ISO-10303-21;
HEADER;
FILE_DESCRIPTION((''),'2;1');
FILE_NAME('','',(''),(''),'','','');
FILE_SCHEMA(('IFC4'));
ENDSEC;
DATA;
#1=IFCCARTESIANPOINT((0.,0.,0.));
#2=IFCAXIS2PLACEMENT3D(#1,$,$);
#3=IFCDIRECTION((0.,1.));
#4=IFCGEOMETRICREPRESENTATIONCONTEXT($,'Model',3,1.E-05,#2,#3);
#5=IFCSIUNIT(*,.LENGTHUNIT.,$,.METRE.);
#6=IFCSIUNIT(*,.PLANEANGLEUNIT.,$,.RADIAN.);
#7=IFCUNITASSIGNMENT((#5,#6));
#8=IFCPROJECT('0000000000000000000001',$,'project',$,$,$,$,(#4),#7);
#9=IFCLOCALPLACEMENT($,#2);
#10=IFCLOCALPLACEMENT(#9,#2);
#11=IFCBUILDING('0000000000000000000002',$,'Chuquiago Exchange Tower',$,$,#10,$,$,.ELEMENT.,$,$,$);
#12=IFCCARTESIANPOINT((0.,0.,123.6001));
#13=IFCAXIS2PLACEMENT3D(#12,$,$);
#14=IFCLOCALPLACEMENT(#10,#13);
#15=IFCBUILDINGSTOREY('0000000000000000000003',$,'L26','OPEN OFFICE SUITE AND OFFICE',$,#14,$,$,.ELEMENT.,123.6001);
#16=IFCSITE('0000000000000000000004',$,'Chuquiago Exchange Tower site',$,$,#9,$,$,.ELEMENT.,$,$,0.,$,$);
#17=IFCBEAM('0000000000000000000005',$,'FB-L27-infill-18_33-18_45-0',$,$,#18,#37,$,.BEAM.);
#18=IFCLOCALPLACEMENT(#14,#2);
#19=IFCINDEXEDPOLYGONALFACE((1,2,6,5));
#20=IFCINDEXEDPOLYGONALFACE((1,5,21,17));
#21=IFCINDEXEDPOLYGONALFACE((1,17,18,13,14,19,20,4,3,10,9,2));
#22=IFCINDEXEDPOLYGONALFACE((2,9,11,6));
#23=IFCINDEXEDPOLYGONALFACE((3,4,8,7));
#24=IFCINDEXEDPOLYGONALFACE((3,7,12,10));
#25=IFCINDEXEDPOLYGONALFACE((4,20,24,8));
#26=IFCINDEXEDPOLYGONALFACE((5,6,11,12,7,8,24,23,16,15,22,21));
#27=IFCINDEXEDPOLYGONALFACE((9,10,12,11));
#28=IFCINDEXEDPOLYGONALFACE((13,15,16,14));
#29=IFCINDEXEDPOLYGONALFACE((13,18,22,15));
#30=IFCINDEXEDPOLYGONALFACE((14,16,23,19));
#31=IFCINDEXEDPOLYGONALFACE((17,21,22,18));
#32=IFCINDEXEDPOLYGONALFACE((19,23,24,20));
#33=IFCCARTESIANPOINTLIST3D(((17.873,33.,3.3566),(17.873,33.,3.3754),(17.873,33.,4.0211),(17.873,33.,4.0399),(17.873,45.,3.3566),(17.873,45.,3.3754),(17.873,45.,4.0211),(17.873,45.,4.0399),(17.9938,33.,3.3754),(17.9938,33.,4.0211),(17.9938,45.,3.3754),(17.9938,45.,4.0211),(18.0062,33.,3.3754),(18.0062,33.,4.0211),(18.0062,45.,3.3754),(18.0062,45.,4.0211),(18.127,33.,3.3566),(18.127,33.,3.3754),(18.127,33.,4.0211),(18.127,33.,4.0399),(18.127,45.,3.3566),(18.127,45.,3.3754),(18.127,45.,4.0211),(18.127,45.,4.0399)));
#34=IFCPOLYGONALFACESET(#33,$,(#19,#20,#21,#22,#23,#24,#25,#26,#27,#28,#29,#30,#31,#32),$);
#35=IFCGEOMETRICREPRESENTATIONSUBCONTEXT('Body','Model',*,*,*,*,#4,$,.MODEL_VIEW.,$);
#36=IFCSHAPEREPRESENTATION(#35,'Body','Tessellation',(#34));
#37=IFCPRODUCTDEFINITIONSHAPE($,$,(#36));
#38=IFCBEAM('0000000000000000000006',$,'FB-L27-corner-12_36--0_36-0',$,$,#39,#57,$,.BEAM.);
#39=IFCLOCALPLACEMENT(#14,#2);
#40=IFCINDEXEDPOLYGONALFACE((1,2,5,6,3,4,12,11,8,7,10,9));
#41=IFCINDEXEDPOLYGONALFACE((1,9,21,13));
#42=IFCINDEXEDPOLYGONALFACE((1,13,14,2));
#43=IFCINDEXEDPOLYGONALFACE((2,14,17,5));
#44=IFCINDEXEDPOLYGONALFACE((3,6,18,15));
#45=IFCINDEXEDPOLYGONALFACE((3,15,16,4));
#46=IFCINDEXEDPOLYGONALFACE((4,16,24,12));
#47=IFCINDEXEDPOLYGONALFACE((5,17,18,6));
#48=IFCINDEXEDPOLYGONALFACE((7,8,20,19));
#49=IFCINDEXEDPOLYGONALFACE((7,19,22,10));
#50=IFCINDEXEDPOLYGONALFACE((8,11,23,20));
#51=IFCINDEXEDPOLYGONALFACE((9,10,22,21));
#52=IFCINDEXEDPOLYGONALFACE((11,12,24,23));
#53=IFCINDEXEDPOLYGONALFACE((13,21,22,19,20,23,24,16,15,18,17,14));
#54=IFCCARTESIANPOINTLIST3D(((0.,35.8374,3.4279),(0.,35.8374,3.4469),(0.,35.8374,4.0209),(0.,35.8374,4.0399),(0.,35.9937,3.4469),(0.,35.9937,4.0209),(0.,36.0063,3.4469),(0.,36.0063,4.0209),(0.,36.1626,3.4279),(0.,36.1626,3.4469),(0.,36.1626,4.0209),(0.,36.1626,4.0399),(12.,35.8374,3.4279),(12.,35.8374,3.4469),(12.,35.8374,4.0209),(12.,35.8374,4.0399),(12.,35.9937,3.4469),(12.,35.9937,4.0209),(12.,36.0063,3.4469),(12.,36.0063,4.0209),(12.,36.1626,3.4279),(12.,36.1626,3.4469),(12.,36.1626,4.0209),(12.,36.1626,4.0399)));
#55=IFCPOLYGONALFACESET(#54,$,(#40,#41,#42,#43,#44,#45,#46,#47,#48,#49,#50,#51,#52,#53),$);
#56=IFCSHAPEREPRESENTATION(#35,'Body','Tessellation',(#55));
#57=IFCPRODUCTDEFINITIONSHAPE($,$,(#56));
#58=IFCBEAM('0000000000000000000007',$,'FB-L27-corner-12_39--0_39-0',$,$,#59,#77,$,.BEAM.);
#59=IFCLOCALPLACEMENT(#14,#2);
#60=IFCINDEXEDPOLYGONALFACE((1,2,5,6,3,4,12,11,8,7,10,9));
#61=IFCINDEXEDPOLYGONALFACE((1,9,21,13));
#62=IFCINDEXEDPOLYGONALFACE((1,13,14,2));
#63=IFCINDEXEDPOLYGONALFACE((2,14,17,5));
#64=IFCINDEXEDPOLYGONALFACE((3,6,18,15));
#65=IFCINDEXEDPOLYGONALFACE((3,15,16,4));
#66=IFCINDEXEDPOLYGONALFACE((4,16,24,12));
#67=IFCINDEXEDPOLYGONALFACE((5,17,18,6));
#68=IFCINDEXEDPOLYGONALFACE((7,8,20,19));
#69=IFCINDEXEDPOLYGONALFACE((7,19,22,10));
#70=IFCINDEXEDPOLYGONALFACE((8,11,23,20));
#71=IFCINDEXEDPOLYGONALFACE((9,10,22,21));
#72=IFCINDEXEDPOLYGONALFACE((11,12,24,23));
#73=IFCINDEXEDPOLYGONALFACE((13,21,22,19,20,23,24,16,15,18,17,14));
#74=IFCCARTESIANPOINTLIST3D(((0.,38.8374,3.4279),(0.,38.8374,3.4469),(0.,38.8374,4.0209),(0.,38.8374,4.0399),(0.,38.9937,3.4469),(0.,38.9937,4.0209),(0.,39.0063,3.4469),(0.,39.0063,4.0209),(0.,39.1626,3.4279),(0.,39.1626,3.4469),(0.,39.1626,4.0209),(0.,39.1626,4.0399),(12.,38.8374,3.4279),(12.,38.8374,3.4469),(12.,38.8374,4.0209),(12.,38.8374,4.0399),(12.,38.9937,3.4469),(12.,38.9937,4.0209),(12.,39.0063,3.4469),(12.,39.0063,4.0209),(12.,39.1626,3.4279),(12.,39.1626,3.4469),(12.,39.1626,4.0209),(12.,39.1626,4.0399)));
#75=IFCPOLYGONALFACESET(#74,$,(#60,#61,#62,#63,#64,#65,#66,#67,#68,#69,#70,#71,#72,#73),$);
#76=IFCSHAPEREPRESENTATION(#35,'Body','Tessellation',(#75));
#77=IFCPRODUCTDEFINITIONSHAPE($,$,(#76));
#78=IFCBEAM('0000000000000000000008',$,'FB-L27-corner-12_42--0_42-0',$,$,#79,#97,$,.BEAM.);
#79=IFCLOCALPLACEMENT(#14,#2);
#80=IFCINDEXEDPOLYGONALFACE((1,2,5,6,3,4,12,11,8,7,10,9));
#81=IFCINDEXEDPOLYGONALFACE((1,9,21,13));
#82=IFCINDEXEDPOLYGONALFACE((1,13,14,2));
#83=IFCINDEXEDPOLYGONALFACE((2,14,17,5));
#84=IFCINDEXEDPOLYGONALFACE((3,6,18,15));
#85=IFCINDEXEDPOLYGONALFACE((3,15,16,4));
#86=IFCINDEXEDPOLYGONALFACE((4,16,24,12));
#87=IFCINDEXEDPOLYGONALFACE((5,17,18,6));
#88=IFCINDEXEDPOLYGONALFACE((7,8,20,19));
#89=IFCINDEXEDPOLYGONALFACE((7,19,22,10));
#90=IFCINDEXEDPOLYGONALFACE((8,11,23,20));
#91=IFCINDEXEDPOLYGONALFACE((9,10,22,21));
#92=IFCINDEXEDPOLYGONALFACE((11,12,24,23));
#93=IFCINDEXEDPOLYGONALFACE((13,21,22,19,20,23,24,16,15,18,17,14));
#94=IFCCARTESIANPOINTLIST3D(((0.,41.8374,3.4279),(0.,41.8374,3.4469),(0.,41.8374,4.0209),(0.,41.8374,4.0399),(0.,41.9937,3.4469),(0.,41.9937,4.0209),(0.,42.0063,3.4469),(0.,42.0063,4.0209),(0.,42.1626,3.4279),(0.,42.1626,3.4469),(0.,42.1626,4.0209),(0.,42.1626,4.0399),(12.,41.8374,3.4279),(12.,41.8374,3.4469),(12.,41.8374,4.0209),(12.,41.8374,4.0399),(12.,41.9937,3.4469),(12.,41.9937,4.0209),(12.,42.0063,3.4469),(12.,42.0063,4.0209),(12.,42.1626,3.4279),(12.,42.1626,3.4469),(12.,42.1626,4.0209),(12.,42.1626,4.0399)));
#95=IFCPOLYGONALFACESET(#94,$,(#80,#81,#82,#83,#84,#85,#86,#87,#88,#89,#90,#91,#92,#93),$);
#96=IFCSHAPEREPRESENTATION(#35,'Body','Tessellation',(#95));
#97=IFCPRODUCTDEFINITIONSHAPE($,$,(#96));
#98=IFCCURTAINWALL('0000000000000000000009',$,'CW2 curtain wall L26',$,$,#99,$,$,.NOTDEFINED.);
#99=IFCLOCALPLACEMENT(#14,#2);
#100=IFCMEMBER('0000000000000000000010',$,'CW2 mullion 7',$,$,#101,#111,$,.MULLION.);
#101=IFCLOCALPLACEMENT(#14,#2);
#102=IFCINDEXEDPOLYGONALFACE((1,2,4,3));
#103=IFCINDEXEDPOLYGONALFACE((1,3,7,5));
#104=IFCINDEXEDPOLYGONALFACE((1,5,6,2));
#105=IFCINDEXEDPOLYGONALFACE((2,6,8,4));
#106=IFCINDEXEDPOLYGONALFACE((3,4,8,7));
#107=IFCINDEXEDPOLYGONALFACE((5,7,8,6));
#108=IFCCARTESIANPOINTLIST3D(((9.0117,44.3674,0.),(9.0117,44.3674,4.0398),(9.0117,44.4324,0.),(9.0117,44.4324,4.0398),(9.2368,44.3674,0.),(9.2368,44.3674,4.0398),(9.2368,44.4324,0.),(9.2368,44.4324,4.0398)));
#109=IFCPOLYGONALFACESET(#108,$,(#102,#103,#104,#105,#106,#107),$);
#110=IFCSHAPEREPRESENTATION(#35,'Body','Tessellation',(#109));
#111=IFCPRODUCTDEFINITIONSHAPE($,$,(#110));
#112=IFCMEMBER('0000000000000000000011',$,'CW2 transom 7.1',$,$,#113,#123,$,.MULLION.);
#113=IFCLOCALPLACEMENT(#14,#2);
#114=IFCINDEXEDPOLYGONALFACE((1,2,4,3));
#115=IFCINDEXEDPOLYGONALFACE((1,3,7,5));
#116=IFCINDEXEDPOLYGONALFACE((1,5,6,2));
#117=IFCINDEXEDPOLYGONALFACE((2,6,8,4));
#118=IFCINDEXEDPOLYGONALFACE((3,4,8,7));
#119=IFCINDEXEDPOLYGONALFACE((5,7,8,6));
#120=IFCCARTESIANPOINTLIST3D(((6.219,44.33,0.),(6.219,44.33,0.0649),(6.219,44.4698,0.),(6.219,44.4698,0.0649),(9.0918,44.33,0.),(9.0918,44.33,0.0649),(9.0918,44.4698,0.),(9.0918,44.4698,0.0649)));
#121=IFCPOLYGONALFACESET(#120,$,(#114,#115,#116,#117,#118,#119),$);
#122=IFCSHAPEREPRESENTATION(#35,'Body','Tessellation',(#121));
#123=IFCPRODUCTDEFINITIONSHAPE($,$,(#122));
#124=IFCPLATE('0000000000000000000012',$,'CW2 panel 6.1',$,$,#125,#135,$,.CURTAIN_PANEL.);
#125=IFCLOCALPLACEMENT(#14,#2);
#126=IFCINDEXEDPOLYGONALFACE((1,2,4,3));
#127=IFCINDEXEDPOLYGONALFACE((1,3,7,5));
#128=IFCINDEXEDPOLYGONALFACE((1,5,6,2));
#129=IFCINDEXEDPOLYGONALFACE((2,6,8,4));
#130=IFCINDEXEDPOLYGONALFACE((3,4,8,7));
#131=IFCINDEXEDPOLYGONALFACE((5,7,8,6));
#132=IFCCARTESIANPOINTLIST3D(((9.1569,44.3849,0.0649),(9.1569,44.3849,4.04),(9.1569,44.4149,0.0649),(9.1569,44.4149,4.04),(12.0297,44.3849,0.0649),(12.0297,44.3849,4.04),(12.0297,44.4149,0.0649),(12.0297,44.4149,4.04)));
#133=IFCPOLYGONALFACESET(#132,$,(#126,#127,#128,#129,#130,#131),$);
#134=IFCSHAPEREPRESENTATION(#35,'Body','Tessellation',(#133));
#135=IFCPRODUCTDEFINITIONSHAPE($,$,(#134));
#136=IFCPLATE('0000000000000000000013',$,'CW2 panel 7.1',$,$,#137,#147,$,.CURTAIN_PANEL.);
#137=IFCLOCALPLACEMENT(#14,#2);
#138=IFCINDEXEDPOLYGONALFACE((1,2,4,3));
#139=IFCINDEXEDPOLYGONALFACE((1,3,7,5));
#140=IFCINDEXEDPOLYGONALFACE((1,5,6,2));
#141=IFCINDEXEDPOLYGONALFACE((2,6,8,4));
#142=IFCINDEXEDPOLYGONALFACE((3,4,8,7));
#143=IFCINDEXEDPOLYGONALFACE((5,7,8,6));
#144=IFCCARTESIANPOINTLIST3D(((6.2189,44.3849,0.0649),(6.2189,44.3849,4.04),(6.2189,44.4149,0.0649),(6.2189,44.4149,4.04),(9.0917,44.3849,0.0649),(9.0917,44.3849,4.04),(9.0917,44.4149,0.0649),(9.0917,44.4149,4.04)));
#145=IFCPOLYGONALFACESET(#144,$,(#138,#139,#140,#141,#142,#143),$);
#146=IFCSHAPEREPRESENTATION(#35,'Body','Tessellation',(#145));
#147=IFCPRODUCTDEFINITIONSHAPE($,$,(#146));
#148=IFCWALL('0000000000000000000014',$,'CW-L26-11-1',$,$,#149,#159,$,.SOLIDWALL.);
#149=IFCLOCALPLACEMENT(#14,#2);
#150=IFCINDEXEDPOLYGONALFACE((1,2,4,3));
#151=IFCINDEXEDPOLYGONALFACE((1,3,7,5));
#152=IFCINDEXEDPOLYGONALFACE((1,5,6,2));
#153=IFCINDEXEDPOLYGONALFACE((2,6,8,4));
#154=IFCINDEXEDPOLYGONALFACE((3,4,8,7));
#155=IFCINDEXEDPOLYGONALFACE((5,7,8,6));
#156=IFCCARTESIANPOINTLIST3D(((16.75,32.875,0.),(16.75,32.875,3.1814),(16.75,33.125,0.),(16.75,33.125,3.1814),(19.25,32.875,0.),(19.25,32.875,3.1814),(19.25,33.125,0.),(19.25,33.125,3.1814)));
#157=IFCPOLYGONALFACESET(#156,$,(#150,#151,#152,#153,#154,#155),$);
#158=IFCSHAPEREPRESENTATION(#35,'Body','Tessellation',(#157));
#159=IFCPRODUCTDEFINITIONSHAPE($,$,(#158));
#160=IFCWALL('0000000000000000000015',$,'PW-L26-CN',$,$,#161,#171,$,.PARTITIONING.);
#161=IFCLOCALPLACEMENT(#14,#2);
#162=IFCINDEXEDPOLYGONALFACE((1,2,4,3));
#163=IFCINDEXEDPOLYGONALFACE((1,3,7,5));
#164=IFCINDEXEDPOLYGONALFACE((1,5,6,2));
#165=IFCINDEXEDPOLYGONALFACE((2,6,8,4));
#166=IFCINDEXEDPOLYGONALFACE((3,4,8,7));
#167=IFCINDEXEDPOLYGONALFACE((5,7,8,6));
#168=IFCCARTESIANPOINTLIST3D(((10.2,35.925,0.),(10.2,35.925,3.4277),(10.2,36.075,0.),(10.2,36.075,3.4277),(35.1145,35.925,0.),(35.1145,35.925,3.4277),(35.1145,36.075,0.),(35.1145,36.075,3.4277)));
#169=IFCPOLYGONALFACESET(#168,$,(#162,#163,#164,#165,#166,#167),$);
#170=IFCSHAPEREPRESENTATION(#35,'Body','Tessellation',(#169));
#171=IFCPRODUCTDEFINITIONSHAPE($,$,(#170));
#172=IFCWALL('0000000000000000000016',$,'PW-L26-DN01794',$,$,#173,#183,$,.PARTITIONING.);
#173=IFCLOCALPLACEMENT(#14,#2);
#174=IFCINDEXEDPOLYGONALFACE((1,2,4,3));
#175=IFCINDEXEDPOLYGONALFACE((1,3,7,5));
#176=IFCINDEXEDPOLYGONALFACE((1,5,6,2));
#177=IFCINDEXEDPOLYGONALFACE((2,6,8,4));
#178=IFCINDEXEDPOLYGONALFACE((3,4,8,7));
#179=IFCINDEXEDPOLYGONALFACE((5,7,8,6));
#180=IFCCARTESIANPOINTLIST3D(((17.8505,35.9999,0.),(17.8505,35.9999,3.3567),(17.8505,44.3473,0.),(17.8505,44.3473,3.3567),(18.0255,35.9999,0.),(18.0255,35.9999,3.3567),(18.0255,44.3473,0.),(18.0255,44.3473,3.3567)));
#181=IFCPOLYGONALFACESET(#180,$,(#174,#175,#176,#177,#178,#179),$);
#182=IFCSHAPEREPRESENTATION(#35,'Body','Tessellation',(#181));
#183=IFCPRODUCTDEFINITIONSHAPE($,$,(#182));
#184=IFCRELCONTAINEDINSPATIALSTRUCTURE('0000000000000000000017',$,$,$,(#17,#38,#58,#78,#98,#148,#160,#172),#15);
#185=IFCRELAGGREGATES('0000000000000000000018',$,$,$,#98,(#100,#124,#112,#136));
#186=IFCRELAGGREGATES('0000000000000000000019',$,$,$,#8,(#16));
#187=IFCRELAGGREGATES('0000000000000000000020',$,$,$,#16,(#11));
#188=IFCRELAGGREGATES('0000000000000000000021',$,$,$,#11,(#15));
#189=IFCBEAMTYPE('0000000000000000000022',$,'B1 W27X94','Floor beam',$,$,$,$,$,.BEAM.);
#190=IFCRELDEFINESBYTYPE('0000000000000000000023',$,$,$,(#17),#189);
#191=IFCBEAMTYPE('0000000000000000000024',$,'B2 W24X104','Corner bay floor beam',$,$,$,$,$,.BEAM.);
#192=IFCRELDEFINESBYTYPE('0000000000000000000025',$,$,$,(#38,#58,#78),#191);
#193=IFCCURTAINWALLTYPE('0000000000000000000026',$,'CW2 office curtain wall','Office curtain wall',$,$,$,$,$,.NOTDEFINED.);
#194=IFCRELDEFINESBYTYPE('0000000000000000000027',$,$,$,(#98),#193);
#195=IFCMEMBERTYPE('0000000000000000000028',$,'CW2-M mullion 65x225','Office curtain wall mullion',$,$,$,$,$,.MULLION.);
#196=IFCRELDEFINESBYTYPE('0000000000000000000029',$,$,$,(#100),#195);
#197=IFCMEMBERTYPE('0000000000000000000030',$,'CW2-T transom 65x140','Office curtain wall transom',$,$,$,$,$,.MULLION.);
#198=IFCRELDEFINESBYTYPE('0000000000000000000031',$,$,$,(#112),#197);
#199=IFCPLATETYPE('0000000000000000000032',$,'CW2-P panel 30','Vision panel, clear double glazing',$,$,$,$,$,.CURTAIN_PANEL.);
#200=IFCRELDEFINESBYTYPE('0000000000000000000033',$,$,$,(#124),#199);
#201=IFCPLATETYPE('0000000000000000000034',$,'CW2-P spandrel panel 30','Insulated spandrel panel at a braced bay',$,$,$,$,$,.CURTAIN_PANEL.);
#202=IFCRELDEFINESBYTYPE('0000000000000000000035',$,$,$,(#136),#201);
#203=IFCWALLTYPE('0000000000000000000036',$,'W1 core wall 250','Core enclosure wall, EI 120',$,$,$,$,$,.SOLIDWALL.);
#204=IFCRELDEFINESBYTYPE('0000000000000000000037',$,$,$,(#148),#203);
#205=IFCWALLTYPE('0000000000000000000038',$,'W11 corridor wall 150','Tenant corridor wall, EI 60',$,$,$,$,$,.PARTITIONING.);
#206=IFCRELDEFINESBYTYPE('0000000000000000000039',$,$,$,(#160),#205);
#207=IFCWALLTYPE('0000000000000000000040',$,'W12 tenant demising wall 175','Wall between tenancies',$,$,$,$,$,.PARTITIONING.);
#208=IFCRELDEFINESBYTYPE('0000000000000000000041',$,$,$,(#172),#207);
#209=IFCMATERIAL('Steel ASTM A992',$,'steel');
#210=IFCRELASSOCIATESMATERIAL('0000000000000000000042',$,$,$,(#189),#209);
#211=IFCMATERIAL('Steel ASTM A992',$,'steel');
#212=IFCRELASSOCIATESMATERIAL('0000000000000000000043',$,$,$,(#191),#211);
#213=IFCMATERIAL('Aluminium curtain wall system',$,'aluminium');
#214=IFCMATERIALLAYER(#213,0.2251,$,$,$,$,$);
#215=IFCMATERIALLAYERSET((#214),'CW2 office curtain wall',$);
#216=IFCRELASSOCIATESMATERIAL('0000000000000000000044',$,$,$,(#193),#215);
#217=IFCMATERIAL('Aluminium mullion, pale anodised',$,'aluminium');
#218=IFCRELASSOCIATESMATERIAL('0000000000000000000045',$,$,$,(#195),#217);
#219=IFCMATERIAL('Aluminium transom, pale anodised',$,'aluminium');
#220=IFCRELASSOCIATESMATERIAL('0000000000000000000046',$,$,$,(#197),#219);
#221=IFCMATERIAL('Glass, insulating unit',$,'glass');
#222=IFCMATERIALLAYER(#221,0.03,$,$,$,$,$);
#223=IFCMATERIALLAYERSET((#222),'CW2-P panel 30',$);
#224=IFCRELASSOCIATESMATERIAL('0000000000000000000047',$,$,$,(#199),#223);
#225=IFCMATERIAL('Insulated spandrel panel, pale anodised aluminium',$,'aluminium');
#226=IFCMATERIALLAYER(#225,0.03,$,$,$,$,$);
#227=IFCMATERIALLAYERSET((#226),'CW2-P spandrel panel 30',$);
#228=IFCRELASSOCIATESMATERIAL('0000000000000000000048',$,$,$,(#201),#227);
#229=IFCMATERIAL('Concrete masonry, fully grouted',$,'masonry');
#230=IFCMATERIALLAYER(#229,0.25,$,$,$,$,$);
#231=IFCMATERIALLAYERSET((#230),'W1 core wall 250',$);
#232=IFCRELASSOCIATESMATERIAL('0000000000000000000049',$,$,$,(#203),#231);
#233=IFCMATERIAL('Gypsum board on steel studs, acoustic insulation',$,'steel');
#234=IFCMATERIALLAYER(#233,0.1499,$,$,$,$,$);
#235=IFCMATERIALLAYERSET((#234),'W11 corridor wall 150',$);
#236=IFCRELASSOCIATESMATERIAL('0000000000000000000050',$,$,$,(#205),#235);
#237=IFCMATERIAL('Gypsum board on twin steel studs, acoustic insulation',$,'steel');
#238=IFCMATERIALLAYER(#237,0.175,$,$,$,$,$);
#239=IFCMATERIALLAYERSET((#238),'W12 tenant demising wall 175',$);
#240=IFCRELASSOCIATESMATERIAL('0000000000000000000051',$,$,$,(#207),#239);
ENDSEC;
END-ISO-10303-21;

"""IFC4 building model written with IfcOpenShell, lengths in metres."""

from ifc_helpers import new_model, si_unit, direction, frame, frame_2d, origin, origin_2d, place, context, subcontext, project, spatial, rectangle, i_section, extrude, material, layer, layer_set, material_profile, profile_set, type_object, element, aggregate, save


model = new_model("IFC4")

# Units and contexts
model_context = context("Model", 3, precision=1e-05, world=origin(), true_north=direction((0.0, 1.0)))
body_context = subcontext(model_context, "Body", "Model", "MODEL_VIEW")
ifc_project = project(units=[si_unit("LENGTHUNIT", "METRE"), si_unit("PLANEANGLEUNIT", "RADIAN")], contexts=[model_context])

# Site, building, storey
site_placement = place(None, origin())
site = spatial("IfcSite", under=ifc_project, at=site_placement, Name="Chuquiago Exchange Tower site", CompositionType="ELEMENT", RefElevation=0.0)
building_placement = place(site_placement, origin())
building = spatial("IfcBuilding", under=site, at=building_placement, Name="Chuquiago Exchange Tower", CompositionType="ELEMENT")
storey_placement = place(building_placement, frame((0.0, 0.0, 123.6001)))
storey = spatial("IfcBuildingStorey", under=building, at=storey_placement, Name="L26", Description="OPEN OFFICE SUITE AND OFFICE", CompositionType="ELEMENT", Elevation=123.6001)

# Beams
ifc_material_1 = material(Name="Steel ASTM A992", Category="steel")
ifc_material_profile_1 = material_profile(ifc_material_1, i_section(OverallWidth=0.2539, OverallDepth=0.6833, WebThickness=0.0125, FlangeThickness=0.0188, at=origin_2d()), Name="W27X94")
ifc_profile_set_1 = profile_set([ifc_material_profile_1], Name="Steel ASTM A992")
beam_type_1 = type_object("IfcBeamType", Name="B1 W27X94", Description="Floor beam", PredefinedType="BEAM", material=ifc_profile_set_1)
beam_placement = place(storey_placement, frame((18.0, 33.0, 3.6982), z_axis=(0.0, 1.0, 0.0), x_axis=(-1.0, 0.0, 0.0)))
element("IfcBeam", 1, at=beam_placement, inside=storey, type_object=beam_type_1, Name="FB-L27-infill-18_33-18_45-0", PredefinedType="BEAM", context=body_context, shape_type="SweptSolid", body=[
    extrude(i_section(OverallWidth=0.2539, OverallDepth=0.6833, WebThickness=0.0125, FlangeThickness=0.0188, at=origin_2d()), origin(), (0.0, 0.0, 1.0), 12.0),
])
ifc_material_2 = material(Name="Steel ASTM A992", Category="steel")
ifc_material_profile_2 = material_profile(ifc_material_2, i_section(OverallWidth=0.3252, OverallDepth=0.6121, WebThickness=0.0127, FlangeThickness=0.019, at=origin_2d()), Name="W24X104")
ifc_profile_set_2 = profile_set([ifc_material_profile_2], Name="Steel ASTM A992")
beam_type_2 = type_object("IfcBeamType", Name="B2 W24X104", Description="Corner bay floor beam", PredefinedType="BEAM", material=ifc_profile_set_2)
for number, where, z_axis, x_axis, name in (
    (2, (12.0, 36.0, 3.7339), (-1.0, 0.0, 0.0), (0.0, -1.0, 0.0), "FB-L27-corner-12_36--0_36-0"),
    (3, (12.0, 39.0, 3.7339), (-1.0, 0.0, 0.0), (0.0, -1.0, 0.0), "FB-L27-corner-12_39--0_39-0"),
    (4, (12.0, 42.0, 3.7339), (-1.0, 0.0, 0.0), (0.0, -1.0, 0.0), "FB-L27-corner-12_42--0_42-0"),
):
    element("IfcBeam", number, at=place(storey_placement, frame(where, z_axis=z_axis, x_axis=x_axis)), inside=storey, type_object=beam_type_2, Name=name, PredefinedType="BEAM", context=body_context, shape_type="SweptSolid", body=[
        extrude(i_section(OverallWidth=0.3252, OverallDepth=0.6121, WebThickness=0.0127, FlangeThickness=0.019, at=origin_2d()), origin(), (0.0, 0.0, 1.0), 12.0),
    ])

# Curtain wall, members, plates
ifc_material_3 = material(Name="Aluminium curtain wall system", Category="aluminium")
ifc_layer_1 = layer(ifc_material_3, 0.2251)
ifc_layer_set_1 = layer_set([ifc_layer_1], Name="CW2 office curtain wall")
curtain_wall_type = type_object("IfcCurtainWallType", Name="CW2 office curtain wall", Description="Office curtain wall", PredefinedType="NOTDEFINED", material=ifc_layer_set_1)
curtain_wall_placement = place(storey_placement, origin())
curtain_wall = element("IfcCurtainWall", 5, at=curtain_wall_placement, inside=storey, type_object=curtain_wall_type, Name="CW2 curtain wall L26", PredefinedType="NOTDEFINED")
ifc_material_4 = material(Name="Aluminium mullion, pale anodised", Category="aluminium")
ifc_material_profile_3 = material_profile(ifc_material_4, rectangle(XDim=0.0649, YDim=0.2251, at=origin_2d()), Name="AL 65x225")
ifc_profile_set_3 = profile_set([ifc_material_profile_3], Name="Aluminium mullion, pale anodised")
member_type_1 = type_object("IfcMemberType", Name="CW2-M mullion 65x225", Description="Office curtain wall mullion", PredefinedType="MULLION", material=ifc_profile_set_3)
member_1_placement = place(storey_placement, frame((9.1243, 44.3999, 0.0), z_axis=(0.0, 0.0, 1.0), x_axis=(0.0, -1.0, 0.0)))
member_1 = element("IfcMember", 6, at=member_1_placement, type_object=member_type_1, Name="CW2 mullion 7", PredefinedType="MULLION", context=body_context, shape_type="SweptSolid", body=[
    extrude(rectangle(XDim=0.0649, YDim=0.2251, at=origin_2d()), origin(), (0.0, 0.0, 1.0), 4.0398),
])
ifc_material_5 = material(Name="Aluminium transom, pale anodised", Category="aluminium")
ifc_material_profile_4 = material_profile(ifc_material_5, rectangle(XDim=0.1399, YDim=0.0649, at=origin_2d()), Name="AL 140x65")
ifc_profile_set_4 = profile_set([ifc_material_profile_4], Name="Aluminium transom, pale anodised")
member_type_2 = type_object("IfcMemberType", Name="CW2-T transom 65x140", Description="Office curtain wall transom", PredefinedType="MULLION", material=ifc_profile_set_4)
member_2_placement = place(storey_placement, frame((9.0918, 44.3999, 0.0325), z_axis=(-1.0, 0.0, 0.0), x_axis=(0.0, -1.0, 0.0)))
member_2 = element("IfcMember", 7, at=member_2_placement, type_object=member_type_2, Name="CW2 transom 7.1", PredefinedType="MULLION", context=body_context, shape_type="SweptSolid", body=[
    extrude(rectangle(XDim=0.1399, YDim=0.0649, at=origin_2d()), origin(), (0.0, 0.0, 1.0), 2.8728),
])
ifc_material_6 = material(Name="Glass, insulating unit", Category="glass")
ifc_layer_2 = layer(ifc_material_6, 0.03)
ifc_layer_set_2 = layer_set([ifc_layer_2], Name="CW2-P panel 30")
plate_type_1 = type_object("IfcPlateType", Name="CW2-P panel 30", Description="Vision panel, clear double glazing", PredefinedType="CURTAIN_PANEL", material=ifc_layer_set_2)
plate_1_placement = place(storey_placement, frame((10.5933, 44.3999, 0.0649), z_axis=(0.0, 0.0, 1.0), x_axis=(-1.0, 0.0, 0.0)))
plate_1 = element("IfcPlate", 8, at=plate_1_placement, type_object=plate_type_1, Name="CW2 panel 6.1", PredefinedType="CURTAIN_PANEL", context=body_context, shape_type="SweptSolid", body=[
    extrude(rectangle(XDim=2.8728, YDim=0.03, at=origin_2d()), origin(), (0.0, 0.0, 1.0), 3.9751),
])
ifc_material_7 = material(Name="Insulated spandrel panel, pale anodised aluminium", Category="aluminium")
ifc_layer_3 = layer(ifc_material_7, 0.03)
ifc_layer_set_3 = layer_set([ifc_layer_3], Name="CW2-P spandrel panel 30")
plate_type_2 = type_object("IfcPlateType", Name="CW2-P spandrel panel 30", Description="Insulated spandrel panel at a braced bay", PredefinedType="CURTAIN_PANEL", material=ifc_layer_set_3)
plate_2_placement = place(storey_placement, frame((7.6553, 44.3999, 0.0649), z_axis=(0.0, 0.0, 1.0), x_axis=(-1.0, 0.0, 0.0)))
plate_2 = element("IfcPlate", 9, at=plate_2_placement, type_object=plate_type_2, Name="CW2 panel 7.1", PredefinedType="CURTAIN_PANEL", context=body_context, shape_type="SweptSolid", body=[
    extrude(rectangle(XDim=2.8728, YDim=0.03, at=origin_2d()), origin(), (0.0, 0.0, 1.0), 3.9751),
])
aggregate(curtain_wall, [member_1, plate_1, member_2, plate_2])

# Walls
ifc_material_8 = material(Name="Concrete masonry, fully grouted", Category="masonry")
ifc_layer_4 = layer(ifc_material_8, 0.25)
ifc_layer_set_4 = layer_set([ifc_layer_4], Name="W1 core wall 250")
wall_type_1 = type_object("IfcWallType", Name="W1 core wall 250", Description="Core enclosure wall, EI 120", PredefinedType="SOLIDWALL", material=ifc_layer_set_4)
wall_1_placement = place(storey_placement, frame((16.75, 33.0, 0.0), z_axis=(0.0, 0.0, 1.0), x_axis=(1.0, 0.0, 0.0)))
element("IfcWall", 10, at=wall_1_placement, inside=storey, type_object=wall_type_1, Name="CW-L26-11-1", PredefinedType="SOLIDWALL", context=body_context, shape_type="SweptSolid", body=[
    extrude(rectangle(XDim=2.5, YDim=0.25, at=frame_2d((1.25, 0.0))), origin(), (0.0, 0.0, 1.0), 3.1814),
])
ifc_material_9 = material(Name="Gypsum board on steel studs, acoustic insulation", Category="steel")
ifc_layer_5 = layer(ifc_material_9, 0.1499)
ifc_layer_set_5 = layer_set([ifc_layer_5], Name="W11 corridor wall 150")
wall_type_2 = type_object("IfcWallType", Name="W11 corridor wall 150", Description="Tenant corridor wall, EI 60", PredefinedType="PARTITIONING", material=ifc_layer_set_5)
wall_2_placement = place(storey_placement, frame((10.2, 36.0, 0.0), z_axis=(0.0, 0.0, 1.0), x_axis=(1.0, 0.0, 0.0)))
element("IfcWall", 11, at=wall_2_placement, inside=storey, type_object=wall_type_2, Name="PW-L26-CN", PredefinedType="PARTITIONING", context=body_context, shape_type="SweptSolid", body=[
    extrude(rectangle(XDim=24.9146, YDim=0.1499, at=frame_2d((12.4573, 0.0))), origin(), (0.0, 0.0, 1.0), 3.4277),
])
ifc_material_10 = material(Name="Gypsum board on twin steel studs, acoustic insulation", Category="steel")
ifc_layer_6 = layer(ifc_material_10, 0.175)
ifc_layer_set_6 = layer_set([ifc_layer_6], Name="W12 tenant demising wall 175")
wall_type_3 = type_object("IfcWallType", Name="W12 tenant demising wall 175", Description="Wall between tenancies", PredefinedType="PARTITIONING", material=ifc_layer_set_6)
wall_3_placement = place(storey_placement, frame((17.938, 44.3474, 0.0), z_axis=(0.0, 0.0, 1.0), x_axis=(0.0, -1.0, 0.0)))
element("IfcWall", 12, at=wall_3_placement, inside=storey, type_object=wall_type_3, Name="PW-L26-DN01794", PredefinedType="PARTITIONING", context=body_context, shape_type="SweptSolid", body=[
    extrude(rectangle(XDim=8.3474, YDim=0.175, at=frame_2d((4.1738, 0.0))), origin(), (0.0, 0.0, 1.0), 3.3567),
])

save(model, "model.ifc")
